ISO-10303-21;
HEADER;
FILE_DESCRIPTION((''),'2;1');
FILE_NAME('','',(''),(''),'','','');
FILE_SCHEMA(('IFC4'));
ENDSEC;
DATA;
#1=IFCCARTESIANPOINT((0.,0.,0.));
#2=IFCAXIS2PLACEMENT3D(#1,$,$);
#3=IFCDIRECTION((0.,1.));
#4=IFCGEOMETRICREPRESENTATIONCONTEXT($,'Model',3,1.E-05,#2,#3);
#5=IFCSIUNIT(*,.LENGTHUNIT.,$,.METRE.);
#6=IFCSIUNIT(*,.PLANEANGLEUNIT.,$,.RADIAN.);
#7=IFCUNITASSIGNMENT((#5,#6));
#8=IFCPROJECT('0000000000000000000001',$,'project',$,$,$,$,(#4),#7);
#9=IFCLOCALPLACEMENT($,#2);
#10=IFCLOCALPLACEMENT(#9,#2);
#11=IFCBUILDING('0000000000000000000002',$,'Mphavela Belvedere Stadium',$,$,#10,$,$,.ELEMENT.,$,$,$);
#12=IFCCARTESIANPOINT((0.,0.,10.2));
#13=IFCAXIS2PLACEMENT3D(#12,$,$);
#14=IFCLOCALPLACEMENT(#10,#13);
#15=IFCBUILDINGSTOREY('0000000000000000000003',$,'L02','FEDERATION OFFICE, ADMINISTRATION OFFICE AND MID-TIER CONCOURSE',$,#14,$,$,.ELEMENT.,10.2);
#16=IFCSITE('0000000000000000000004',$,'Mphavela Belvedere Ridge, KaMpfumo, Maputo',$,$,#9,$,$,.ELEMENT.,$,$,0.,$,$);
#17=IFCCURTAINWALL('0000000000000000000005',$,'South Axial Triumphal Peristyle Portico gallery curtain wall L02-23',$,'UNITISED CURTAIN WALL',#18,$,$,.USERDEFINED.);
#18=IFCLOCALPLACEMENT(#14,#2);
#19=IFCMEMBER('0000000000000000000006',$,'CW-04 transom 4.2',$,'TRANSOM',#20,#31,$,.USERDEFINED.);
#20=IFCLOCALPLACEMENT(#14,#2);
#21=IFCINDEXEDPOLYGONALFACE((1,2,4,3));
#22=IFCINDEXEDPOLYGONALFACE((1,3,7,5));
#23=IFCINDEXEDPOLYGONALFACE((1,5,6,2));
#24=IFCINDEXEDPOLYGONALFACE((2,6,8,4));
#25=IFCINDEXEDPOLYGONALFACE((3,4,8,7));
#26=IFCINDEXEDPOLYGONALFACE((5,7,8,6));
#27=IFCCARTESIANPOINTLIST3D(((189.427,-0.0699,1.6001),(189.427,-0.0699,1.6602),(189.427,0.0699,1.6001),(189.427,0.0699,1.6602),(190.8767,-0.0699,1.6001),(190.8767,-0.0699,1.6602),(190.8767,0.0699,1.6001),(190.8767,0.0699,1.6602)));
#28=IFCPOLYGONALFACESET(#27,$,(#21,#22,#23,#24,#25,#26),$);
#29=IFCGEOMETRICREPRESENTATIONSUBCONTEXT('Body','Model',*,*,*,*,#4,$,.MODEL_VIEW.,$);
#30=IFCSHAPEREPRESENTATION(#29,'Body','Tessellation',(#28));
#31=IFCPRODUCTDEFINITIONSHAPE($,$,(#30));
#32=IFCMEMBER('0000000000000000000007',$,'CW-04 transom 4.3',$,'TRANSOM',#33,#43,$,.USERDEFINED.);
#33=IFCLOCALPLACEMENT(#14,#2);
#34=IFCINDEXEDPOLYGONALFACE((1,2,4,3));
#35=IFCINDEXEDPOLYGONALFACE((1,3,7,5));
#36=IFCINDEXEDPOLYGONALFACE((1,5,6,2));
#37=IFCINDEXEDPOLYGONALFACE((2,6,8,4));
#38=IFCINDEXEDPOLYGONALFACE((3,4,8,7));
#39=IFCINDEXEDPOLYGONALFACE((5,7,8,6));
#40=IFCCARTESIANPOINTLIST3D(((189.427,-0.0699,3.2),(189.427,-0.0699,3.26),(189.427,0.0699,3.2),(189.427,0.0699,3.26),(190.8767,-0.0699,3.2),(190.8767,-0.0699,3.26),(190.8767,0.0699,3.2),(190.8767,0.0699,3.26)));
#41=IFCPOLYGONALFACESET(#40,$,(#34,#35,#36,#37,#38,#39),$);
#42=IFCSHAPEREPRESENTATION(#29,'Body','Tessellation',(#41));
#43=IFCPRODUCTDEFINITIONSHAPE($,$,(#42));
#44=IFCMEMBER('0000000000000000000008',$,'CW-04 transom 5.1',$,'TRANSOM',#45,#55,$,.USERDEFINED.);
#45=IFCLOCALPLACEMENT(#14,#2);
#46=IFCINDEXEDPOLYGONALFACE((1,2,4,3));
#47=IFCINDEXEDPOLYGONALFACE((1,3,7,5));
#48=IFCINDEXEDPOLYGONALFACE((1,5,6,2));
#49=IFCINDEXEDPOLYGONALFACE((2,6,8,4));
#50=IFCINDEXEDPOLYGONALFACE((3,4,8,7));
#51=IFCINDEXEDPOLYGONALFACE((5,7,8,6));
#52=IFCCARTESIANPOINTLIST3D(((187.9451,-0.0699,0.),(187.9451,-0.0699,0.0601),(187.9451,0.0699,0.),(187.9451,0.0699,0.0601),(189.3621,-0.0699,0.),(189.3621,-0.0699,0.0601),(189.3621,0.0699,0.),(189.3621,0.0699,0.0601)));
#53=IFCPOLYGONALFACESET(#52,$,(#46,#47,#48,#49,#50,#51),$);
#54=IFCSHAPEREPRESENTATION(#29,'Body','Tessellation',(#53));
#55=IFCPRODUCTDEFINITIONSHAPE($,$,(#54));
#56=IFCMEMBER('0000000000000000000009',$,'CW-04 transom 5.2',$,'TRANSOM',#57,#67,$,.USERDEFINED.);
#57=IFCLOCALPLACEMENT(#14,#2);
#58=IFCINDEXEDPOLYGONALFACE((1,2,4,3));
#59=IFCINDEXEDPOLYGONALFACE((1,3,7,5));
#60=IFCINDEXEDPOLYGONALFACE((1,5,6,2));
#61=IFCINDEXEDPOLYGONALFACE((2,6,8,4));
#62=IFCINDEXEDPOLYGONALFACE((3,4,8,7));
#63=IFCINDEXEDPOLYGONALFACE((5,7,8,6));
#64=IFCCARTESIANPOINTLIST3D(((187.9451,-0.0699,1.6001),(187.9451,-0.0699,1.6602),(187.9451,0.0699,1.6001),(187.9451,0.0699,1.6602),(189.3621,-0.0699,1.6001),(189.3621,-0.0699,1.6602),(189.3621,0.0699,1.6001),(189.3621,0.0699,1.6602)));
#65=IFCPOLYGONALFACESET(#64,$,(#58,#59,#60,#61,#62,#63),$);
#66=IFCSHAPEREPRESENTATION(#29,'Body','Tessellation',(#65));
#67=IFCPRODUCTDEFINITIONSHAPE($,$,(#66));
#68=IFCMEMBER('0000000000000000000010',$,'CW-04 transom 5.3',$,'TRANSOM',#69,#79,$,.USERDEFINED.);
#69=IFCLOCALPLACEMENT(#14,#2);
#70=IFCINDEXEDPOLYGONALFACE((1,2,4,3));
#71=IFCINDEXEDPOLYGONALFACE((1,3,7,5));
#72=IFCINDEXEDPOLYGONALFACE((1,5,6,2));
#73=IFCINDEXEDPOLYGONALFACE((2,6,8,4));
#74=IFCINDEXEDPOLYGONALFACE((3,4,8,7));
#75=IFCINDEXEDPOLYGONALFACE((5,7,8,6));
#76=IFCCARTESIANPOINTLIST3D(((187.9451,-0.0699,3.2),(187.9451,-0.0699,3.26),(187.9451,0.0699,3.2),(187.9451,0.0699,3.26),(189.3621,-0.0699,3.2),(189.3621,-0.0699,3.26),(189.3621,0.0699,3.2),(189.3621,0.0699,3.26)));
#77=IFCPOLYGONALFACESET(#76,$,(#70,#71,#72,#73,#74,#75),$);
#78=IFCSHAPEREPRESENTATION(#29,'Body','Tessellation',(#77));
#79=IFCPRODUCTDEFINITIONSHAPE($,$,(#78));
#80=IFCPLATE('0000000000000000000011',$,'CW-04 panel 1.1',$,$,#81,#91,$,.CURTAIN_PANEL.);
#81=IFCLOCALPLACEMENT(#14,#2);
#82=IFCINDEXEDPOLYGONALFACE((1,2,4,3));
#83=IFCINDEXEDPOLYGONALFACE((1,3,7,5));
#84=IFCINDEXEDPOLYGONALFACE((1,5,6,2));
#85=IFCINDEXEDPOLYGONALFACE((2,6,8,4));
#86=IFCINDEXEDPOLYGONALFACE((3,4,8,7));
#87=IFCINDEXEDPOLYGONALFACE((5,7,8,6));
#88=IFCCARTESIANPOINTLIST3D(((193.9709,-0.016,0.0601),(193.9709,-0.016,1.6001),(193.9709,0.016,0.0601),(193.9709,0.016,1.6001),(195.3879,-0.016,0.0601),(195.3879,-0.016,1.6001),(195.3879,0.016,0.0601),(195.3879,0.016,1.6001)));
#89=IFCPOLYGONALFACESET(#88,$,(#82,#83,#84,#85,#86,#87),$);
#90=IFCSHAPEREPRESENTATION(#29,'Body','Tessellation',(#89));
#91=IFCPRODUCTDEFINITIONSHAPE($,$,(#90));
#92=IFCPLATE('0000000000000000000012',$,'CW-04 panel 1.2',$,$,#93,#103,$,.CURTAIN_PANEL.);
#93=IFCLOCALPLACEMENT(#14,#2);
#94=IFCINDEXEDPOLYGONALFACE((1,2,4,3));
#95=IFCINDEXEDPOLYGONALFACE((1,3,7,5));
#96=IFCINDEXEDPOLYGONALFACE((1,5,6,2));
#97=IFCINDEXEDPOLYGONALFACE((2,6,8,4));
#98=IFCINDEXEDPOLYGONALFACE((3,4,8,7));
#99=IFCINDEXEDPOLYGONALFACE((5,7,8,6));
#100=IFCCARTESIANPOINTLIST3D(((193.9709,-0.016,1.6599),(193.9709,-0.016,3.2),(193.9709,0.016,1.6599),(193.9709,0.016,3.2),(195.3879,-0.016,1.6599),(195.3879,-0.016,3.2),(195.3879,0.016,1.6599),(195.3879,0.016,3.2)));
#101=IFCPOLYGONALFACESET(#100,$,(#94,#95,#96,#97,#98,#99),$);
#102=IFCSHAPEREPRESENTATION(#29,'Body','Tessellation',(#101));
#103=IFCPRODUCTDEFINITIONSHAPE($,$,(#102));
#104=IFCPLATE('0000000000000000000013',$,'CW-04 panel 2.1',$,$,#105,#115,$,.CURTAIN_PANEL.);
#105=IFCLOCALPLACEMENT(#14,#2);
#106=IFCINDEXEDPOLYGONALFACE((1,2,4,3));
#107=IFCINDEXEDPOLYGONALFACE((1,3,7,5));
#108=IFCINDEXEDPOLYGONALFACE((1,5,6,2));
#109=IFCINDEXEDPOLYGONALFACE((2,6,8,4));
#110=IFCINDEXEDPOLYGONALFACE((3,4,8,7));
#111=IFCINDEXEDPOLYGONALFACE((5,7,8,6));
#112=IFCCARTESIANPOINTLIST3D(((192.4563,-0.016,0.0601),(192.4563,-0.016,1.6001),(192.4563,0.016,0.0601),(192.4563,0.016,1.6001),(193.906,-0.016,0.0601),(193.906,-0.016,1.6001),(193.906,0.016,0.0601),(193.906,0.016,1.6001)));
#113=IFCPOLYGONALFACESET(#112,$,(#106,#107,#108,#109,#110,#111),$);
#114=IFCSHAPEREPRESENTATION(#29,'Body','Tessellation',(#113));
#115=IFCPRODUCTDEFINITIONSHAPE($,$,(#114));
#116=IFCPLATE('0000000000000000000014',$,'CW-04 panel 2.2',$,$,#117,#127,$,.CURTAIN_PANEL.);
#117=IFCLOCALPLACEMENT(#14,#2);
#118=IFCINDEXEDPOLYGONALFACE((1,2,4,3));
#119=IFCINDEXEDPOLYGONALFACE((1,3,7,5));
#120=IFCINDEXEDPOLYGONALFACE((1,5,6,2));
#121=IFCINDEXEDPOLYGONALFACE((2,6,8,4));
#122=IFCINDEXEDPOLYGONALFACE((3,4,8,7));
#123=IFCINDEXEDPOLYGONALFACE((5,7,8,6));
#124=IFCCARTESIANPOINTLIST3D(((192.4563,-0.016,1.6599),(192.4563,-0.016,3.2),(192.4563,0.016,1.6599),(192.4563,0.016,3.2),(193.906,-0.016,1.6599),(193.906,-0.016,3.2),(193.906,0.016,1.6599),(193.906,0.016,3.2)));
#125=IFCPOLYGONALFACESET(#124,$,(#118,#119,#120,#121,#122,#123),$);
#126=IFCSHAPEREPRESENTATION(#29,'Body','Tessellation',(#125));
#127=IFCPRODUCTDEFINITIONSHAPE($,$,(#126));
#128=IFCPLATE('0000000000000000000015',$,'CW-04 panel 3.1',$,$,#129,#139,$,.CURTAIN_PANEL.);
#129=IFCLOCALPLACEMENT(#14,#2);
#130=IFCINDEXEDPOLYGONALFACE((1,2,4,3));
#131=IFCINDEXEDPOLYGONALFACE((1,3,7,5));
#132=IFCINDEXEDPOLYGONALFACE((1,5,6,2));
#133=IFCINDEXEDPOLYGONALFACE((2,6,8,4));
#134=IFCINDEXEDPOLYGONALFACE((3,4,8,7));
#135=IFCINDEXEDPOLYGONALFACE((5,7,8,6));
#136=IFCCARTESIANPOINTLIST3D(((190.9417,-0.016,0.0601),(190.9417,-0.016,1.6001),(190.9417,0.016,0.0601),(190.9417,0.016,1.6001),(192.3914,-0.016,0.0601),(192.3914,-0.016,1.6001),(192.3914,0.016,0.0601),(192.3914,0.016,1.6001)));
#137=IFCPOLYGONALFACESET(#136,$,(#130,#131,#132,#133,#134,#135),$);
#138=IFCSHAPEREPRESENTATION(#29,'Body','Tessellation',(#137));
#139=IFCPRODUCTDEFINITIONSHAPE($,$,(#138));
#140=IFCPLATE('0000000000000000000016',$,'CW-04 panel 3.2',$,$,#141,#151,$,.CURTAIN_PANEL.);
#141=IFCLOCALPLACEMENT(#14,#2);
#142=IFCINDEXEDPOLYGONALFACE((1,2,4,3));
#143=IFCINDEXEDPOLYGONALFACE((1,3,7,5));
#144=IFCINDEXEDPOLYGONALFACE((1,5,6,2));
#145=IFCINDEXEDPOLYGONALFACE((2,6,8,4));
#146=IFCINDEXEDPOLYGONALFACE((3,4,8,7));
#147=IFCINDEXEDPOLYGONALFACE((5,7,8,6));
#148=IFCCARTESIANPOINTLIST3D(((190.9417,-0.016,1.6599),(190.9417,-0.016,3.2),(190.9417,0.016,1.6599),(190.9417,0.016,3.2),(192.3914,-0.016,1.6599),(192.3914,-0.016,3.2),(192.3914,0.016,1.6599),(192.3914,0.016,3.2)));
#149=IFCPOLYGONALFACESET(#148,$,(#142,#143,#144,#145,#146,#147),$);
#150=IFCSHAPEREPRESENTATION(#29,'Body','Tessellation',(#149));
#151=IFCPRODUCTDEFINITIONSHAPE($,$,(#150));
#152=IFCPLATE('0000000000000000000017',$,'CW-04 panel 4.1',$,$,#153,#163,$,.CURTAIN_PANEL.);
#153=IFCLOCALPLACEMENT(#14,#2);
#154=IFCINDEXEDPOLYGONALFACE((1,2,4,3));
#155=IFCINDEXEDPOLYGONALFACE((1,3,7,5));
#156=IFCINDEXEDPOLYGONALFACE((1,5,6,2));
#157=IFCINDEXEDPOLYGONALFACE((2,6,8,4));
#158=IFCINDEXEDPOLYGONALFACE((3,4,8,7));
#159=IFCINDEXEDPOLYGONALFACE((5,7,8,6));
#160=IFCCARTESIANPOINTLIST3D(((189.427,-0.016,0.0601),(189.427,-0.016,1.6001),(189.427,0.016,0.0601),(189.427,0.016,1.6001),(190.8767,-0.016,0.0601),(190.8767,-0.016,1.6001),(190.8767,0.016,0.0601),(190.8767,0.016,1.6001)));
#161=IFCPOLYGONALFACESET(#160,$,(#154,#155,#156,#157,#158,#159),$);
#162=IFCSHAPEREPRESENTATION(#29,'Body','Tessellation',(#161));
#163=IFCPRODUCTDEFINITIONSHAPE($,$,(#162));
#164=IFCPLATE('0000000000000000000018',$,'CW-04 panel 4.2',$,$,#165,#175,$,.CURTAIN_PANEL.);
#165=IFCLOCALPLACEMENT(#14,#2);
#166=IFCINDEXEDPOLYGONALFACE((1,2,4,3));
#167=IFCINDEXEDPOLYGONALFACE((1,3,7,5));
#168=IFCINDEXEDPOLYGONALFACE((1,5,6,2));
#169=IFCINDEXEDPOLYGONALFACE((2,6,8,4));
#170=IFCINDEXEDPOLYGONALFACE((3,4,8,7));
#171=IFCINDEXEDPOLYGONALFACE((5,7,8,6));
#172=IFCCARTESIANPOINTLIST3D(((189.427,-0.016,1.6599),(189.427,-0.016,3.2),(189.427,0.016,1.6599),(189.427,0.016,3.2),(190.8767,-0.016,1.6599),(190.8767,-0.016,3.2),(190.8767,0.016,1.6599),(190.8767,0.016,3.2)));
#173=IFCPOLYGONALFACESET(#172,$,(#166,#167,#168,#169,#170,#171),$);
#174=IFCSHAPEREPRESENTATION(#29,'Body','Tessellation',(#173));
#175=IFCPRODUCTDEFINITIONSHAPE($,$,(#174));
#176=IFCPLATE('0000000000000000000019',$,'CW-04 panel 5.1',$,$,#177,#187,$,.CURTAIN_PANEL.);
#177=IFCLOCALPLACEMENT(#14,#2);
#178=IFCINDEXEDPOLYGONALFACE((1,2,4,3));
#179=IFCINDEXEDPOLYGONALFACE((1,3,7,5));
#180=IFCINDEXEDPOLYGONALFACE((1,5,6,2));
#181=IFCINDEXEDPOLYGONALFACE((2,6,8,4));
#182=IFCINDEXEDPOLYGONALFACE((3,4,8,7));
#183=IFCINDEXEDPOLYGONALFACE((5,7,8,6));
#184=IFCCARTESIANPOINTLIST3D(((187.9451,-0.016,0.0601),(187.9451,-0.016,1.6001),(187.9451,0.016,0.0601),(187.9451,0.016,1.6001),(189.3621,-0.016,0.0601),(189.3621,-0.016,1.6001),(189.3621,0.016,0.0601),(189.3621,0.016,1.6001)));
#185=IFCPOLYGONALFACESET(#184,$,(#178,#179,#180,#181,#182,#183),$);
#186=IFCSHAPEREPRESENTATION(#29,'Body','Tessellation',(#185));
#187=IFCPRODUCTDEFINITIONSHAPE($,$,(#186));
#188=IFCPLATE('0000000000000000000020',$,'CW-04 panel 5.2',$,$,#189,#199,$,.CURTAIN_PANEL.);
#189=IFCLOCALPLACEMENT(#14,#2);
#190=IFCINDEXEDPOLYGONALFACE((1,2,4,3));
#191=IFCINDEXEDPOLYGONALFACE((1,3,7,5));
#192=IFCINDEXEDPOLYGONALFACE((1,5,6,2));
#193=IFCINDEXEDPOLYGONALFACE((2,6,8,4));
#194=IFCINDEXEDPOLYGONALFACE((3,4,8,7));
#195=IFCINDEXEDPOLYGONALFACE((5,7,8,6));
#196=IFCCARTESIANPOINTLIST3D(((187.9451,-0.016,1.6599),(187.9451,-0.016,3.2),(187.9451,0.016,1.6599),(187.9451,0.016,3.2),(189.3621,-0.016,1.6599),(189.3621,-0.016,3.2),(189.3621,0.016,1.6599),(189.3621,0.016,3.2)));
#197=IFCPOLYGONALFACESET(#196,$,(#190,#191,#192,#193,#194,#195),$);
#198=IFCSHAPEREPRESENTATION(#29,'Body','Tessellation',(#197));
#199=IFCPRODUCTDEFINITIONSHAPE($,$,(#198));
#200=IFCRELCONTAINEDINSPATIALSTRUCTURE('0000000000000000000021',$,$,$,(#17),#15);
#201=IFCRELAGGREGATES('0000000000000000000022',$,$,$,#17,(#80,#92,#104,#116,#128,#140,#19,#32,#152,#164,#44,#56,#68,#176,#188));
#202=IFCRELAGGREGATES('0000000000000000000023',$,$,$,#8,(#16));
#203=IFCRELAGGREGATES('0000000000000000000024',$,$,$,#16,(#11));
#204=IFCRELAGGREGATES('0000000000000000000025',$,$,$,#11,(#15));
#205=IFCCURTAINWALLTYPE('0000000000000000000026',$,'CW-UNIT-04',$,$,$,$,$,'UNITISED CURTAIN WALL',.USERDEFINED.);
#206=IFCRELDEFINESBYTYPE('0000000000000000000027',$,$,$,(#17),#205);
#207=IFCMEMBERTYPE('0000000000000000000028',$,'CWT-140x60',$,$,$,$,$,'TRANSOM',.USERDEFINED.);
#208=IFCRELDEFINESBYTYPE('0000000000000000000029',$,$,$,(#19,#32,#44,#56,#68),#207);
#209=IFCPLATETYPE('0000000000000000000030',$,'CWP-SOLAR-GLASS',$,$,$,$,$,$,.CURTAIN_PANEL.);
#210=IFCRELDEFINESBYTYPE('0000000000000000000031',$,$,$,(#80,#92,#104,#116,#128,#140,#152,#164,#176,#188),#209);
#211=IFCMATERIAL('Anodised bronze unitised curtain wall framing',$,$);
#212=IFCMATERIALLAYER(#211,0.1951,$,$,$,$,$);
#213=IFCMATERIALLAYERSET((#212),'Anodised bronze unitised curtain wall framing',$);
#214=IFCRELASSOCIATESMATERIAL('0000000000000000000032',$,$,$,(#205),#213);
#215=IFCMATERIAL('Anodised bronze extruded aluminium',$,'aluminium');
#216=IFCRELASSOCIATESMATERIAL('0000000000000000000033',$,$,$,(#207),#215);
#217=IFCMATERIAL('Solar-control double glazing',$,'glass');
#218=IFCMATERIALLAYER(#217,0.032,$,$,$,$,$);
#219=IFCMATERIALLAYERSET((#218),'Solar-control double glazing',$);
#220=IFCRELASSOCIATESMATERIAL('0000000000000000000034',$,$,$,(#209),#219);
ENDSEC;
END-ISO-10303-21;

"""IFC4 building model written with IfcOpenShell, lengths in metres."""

from ifc_helpers import new_model, si_unit, direction, frame, origin, origin_2d, place, context, subcontext, project, spatial, rectangle, extrude, material, layer, layer_set, material_profile, profile_set, type_object, element, aggregate, save


model = new_model("IFC4")

# Units and contexts
model_context = context("Model", 3, precision=1e-05, world=origin(), true_north=direction((0.0, 1.0)))
body_context = subcontext(model_context, "Body", "Model", "MODEL_VIEW")
ifc_project = project(units=[si_unit("LENGTHUNIT", "METRE"), si_unit("PLANEANGLEUNIT", "RADIAN")], contexts=[model_context])

# Site, building, storey
site_placement = place(None, origin())
site = spatial("IfcSite", under=ifc_project, at=site_placement, Name="Mphavela Belvedere Ridge, KaMpfumo, Maputo", CompositionType="ELEMENT", RefElevation=0.0)
building_placement = place(site_placement, origin())
building = spatial("IfcBuilding", under=site, at=building_placement, Name="Mphavela Belvedere Stadium", CompositionType="ELEMENT")
storey_placement = place(building_placement, frame((0.0, 0.0, 10.2)))
storey = spatial("IfcBuildingStorey", under=building, at=storey_placement, Name="L02", Description="FEDERATION OFFICE, ADMINISTRATION OFFICE AND MID-TIER CONCOURSE", CompositionType="ELEMENT", Elevation=10.2)

# Curtain wall, members, plates
ifc_material_1 = material(Name="Anodised bronze unitised curtain wall framing")
ifc_layer_1 = layer(ifc_material_1, 0.1951)
ifc_layer_set_1 = layer_set([ifc_layer_1], Name="Anodised bronze unitised curtain wall framing")
curtain_wall_type = type_object("IfcCurtainWallType", Name="CW-UNIT-04", ElementType="UNITISED CURTAIN WALL", PredefinedType="USERDEFINED", material=ifc_layer_set_1)
curtain_wall_placement = place(storey_placement, origin())
curtain_wall = element("IfcCurtainWall", 1, at=curtain_wall_placement, inside=storey, type_object=curtain_wall_type, Name="South Axial Triumphal Peristyle Portico gallery curtain wall L02-23", ObjectType="UNITISED CURTAIN WALL", PredefinedType="USERDEFINED")
ifc_material_2 = material(Name="Anodised bronze extruded aluminium", Category="aluminium")
ifc_material_profile_1 = material_profile(ifc_material_2, rectangle(XDim=0.1399, YDim=0.0601, at=origin_2d()), Name="CW-TRN 140x60")
ifc_profile_set_1 = profile_set([ifc_material_profile_1], Name="Anodised bronze extruded aluminium")
member_type_1 = type_object("IfcMemberType", Name="CWT-140x60", ElementType="TRANSOM", PredefinedType="USERDEFINED", material=ifc_profile_set_1)
member_1_placement = place(storey_placement, frame((190.8767, 0.0, 1.6301), z_axis=(-1.0, 0.0, 0.0), x_axis=(0.0, -1.0, 0.0)))
member_1 = element("IfcMember", 2, at=member_1_placement, type_object=member_type_1, Name="CW-04 transom 4.2", ObjectType="TRANSOM", PredefinedType="USERDEFINED", context=body_context, shape_type="SweptSolid", body=[
    extrude(rectangle(XDim=0.1399, YDim=0.0601, at=origin_2d()), origin(), (0.0, 0.0, 1.0), 1.4497),
])
member_2_placement = place(storey_placement, frame((190.8767, 0.0, 3.23), z_axis=(-1.0, 0.0, 0.0), x_axis=(0.0, -1.0, 0.0)))
member_2 = element("IfcMember", 3, at=member_2_placement, type_object=member_type_1, Name="CW-04 transom 4.3", ObjectType="TRANSOM", PredefinedType="USERDEFINED", context=body_context, shape_type="SweptSolid", body=[
    extrude(rectangle(XDim=0.1399, YDim=0.0601, at=origin_2d()), origin(), (0.0, 0.0, 1.0), 1.4497),
])
member_3_placement = place(storey_placement, frame((189.3621, 0.0, 0.03), z_axis=(-1.0, 0.0, 0.0), x_axis=(0.0, -1.0, 0.0)))
member_3 = element("IfcMember", 4, at=member_3_placement, type_object=member_type_1, Name="CW-04 transom 5.1", ObjectType="TRANSOM", PredefinedType="USERDEFINED", context=body_context, shape_type="SweptSolid", body=[
    extrude(rectangle(XDim=0.1399, YDim=0.0601, at=origin_2d()), origin(), (0.0, 0.0, 1.0), 1.417),
])
member_4_placement = place(storey_placement, frame((189.3621, 0.0, 1.6301), z_axis=(-1.0, 0.0, 0.0), x_axis=(0.0, -1.0, 0.0)))
member_4 = element("IfcMember", 5, at=member_4_placement, type_object=member_type_1, Name="CW-04 transom 5.2", ObjectType="TRANSOM", PredefinedType="USERDEFINED", context=body_context, shape_type="SweptSolid", body=[
    extrude(rectangle(XDim=0.1399, YDim=0.0601, at=origin_2d()), origin(), (0.0, 0.0, 1.0), 1.417),
])
member_5_placement = place(storey_placement, frame((189.3621, 0.0, 3.23), z_axis=(-1.0, 0.0, 0.0), x_axis=(0.0, -1.0, 0.0)))
member_5 = element("IfcMember", 6, at=member_5_placement, type_object=member_type_1, Name="CW-04 transom 5.3", ObjectType="TRANSOM", PredefinedType="USERDEFINED", context=body_context, shape_type="SweptSolid", body=[
    extrude(rectangle(XDim=0.1399, YDim=0.0601, at=origin_2d()), origin(), (0.0, 0.0, 1.0), 1.417),
])
ifc_material_3 = material(Name="Solar-control double glazing", Category="glass")
ifc_layer_2 = layer(ifc_material_3, 0.032)
ifc_layer_set_2 = layer_set([ifc_layer_2], Name="Solar-control double glazing")
plate_type = type_object("IfcPlateType", Name="CWP-SOLAR-GLASS", PredefinedType="CURTAIN_PANEL", material=ifc_layer_set_2)
plate_1_placement = place(storey_placement, frame((194.6794, 0.0, 0.0601), z_axis=(0.0, 0.0, 1.0), x_axis=(-1.0, 0.0, 0.0)))
plate_1 = element("IfcPlate", 7, at=plate_1_placement, type_object=plate_type, Name="CW-04 panel 1.1", PredefinedType="CURTAIN_PANEL", context=body_context, shape_type="SweptSolid", body=[
    extrude(rectangle(XDim=1.417, YDim=0.032, at=origin_2d()), origin(), (0.0, 0.0, 1.0), 1.54),
])
plate_2_placement = place(storey_placement, frame((194.6794, 0.0, 1.6599), z_axis=(0.0, 0.0, 1.0), x_axis=(-1.0, 0.0, 0.0)))
plate_2 = element("IfcPlate", 8, at=plate_2_placement, type_object=plate_type, Name="CW-04 panel 1.2", PredefinedType="CURTAIN_PANEL", context=body_context, shape_type="SweptSolid", body=[
    extrude(rectangle(XDim=1.417, YDim=0.032, at=origin_2d()), origin(), (0.0, 0.0, 1.0), 1.54),
])
plate_3_placement = place(storey_placement, frame((193.1812, 0.0, 0.0601), z_axis=(0.0, 0.0, 1.0), x_axis=(-1.0, 0.0, 0.0)))
plate_3 = element("IfcPlate", 9, at=plate_3_placement, type_object=plate_type, Name="CW-04 panel 2.1", PredefinedType="CURTAIN_PANEL", context=body_context, shape_type="SweptSolid", body=[
    extrude(rectangle(XDim=1.4497, YDim=0.032, at=origin_2d()), origin(), (0.0, 0.0, 1.0), 1.54),
])
plate_4_placement = place(storey_placement, frame((193.1812, 0.0, 1.6599), z_axis=(0.0, 0.0, 1.0), x_axis=(-1.0, 0.0, 0.0)))
plate_4 = element("IfcPlate", 10, at=plate_4_placement, type_object=plate_type, Name="CW-04 panel 2.2", PredefinedType="CURTAIN_PANEL", context=body_context, shape_type="SweptSolid", body=[
    extrude(rectangle(XDim=1.4497, YDim=0.032, at=origin_2d()), origin(), (0.0, 0.0, 1.0), 1.54),
])
plate_5_placement = place(storey_placement, frame((191.6665, 0.0, 0.0601), z_axis=(0.0, 0.0, 1.0), x_axis=(-1.0, 0.0, 0.0)))
plate_5 = element("IfcPlate", 11, at=plate_5_placement, type_object=plate_type, Name="CW-04 panel 3.1", PredefinedType="CURTAIN_PANEL", context=body_context, shape_type="SweptSolid", body=[
    extrude(rectangle(XDim=1.4497, YDim=0.032, at=origin_2d()), origin(), (0.0, 0.0, 1.0), 1.54),
])
plate_6_placement = place(storey_placement, frame((191.6665, 0.0, 1.6599), z_axis=(0.0, 0.0, 1.0), x_axis=(-1.0, 0.0, 0.0)))
plate_6 = element("IfcPlate", 12, at=plate_6_placement, type_object=plate_type, Name="CW-04 panel 3.2", PredefinedType="CURTAIN_PANEL", context=body_context, shape_type="SweptSolid", body=[
    extrude(rectangle(XDim=1.4497, YDim=0.032, at=origin_2d()), origin(), (0.0, 0.0, 1.0), 1.54),
])
plate_7_placement = place(storey_placement, frame((190.1519, 0.0, 0.0601), z_axis=(0.0, 0.0, 1.0), x_axis=(-1.0, 0.0, 0.0)))
plate_7 = element("IfcPlate", 13, at=plate_7_placement, type_object=plate_type, Name="CW-04 panel 4.1", PredefinedType="CURTAIN_PANEL", context=body_context, shape_type="SweptSolid", body=[
    extrude(rectangle(XDim=1.4497, YDim=0.032, at=origin_2d()), origin(), (0.0, 0.0, 1.0), 1.54),
])
plate_8_placement = place(storey_placement, frame((190.1519, 0.0, 1.6599), z_axis=(0.0, 0.0, 1.0), x_axis=(-1.0, 0.0, 0.0)))
plate_8 = element("IfcPlate", 14, at=plate_8_placement, type_object=plate_type, Name="CW-04 panel 4.2", PredefinedType="CURTAIN_PANEL", context=body_context, shape_type="SweptSolid", body=[
    extrude(rectangle(XDim=1.4497, YDim=0.032, at=origin_2d()), origin(), (0.0, 0.0, 1.0), 1.54),
])
plate_9_placement = place(storey_placement, frame((188.6536, 0.0, 0.0601), z_axis=(0.0, 0.0, 1.0), x_axis=(-1.0, 0.0, 0.0)))
plate_9 = element("IfcPlate", 15, at=plate_9_placement, type_object=plate_type, Name="CW-04 panel 5.1", PredefinedType="CURTAIN_PANEL", context=body_context, shape_type="SweptSolid", body=[
    extrude(rectangle(XDim=1.417, YDim=0.032, at=origin_2d()), origin(), (0.0, 0.0, 1.0), 1.54),
])
plate_10_placement = place(storey_placement, frame((188.6536, 0.0, 1.6599), z_axis=(0.0, 0.0, 1.0), x_axis=(-1.0, 0.0, 0.0)))
plate_10 = element("IfcPlate", 16, at=plate_10_placement, type_object=plate_type, Name="CW-04 panel 5.2", PredefinedType="CURTAIN_PANEL", context=body_context, shape_type="SweptSolid", body=[
    extrude(rectangle(XDim=1.417, YDim=0.032, at=origin_2d()), origin(), (0.0, 0.0, 1.0), 1.54),
])
aggregate(curtain_wall, [plate_1, plate_2, plate_3, plate_4, plate_5, plate_6, member_1, member_2, plate_7, plate_8, member_3, member_4, member_5, plate_9, plate_10])

save(model, "model.ifc")
